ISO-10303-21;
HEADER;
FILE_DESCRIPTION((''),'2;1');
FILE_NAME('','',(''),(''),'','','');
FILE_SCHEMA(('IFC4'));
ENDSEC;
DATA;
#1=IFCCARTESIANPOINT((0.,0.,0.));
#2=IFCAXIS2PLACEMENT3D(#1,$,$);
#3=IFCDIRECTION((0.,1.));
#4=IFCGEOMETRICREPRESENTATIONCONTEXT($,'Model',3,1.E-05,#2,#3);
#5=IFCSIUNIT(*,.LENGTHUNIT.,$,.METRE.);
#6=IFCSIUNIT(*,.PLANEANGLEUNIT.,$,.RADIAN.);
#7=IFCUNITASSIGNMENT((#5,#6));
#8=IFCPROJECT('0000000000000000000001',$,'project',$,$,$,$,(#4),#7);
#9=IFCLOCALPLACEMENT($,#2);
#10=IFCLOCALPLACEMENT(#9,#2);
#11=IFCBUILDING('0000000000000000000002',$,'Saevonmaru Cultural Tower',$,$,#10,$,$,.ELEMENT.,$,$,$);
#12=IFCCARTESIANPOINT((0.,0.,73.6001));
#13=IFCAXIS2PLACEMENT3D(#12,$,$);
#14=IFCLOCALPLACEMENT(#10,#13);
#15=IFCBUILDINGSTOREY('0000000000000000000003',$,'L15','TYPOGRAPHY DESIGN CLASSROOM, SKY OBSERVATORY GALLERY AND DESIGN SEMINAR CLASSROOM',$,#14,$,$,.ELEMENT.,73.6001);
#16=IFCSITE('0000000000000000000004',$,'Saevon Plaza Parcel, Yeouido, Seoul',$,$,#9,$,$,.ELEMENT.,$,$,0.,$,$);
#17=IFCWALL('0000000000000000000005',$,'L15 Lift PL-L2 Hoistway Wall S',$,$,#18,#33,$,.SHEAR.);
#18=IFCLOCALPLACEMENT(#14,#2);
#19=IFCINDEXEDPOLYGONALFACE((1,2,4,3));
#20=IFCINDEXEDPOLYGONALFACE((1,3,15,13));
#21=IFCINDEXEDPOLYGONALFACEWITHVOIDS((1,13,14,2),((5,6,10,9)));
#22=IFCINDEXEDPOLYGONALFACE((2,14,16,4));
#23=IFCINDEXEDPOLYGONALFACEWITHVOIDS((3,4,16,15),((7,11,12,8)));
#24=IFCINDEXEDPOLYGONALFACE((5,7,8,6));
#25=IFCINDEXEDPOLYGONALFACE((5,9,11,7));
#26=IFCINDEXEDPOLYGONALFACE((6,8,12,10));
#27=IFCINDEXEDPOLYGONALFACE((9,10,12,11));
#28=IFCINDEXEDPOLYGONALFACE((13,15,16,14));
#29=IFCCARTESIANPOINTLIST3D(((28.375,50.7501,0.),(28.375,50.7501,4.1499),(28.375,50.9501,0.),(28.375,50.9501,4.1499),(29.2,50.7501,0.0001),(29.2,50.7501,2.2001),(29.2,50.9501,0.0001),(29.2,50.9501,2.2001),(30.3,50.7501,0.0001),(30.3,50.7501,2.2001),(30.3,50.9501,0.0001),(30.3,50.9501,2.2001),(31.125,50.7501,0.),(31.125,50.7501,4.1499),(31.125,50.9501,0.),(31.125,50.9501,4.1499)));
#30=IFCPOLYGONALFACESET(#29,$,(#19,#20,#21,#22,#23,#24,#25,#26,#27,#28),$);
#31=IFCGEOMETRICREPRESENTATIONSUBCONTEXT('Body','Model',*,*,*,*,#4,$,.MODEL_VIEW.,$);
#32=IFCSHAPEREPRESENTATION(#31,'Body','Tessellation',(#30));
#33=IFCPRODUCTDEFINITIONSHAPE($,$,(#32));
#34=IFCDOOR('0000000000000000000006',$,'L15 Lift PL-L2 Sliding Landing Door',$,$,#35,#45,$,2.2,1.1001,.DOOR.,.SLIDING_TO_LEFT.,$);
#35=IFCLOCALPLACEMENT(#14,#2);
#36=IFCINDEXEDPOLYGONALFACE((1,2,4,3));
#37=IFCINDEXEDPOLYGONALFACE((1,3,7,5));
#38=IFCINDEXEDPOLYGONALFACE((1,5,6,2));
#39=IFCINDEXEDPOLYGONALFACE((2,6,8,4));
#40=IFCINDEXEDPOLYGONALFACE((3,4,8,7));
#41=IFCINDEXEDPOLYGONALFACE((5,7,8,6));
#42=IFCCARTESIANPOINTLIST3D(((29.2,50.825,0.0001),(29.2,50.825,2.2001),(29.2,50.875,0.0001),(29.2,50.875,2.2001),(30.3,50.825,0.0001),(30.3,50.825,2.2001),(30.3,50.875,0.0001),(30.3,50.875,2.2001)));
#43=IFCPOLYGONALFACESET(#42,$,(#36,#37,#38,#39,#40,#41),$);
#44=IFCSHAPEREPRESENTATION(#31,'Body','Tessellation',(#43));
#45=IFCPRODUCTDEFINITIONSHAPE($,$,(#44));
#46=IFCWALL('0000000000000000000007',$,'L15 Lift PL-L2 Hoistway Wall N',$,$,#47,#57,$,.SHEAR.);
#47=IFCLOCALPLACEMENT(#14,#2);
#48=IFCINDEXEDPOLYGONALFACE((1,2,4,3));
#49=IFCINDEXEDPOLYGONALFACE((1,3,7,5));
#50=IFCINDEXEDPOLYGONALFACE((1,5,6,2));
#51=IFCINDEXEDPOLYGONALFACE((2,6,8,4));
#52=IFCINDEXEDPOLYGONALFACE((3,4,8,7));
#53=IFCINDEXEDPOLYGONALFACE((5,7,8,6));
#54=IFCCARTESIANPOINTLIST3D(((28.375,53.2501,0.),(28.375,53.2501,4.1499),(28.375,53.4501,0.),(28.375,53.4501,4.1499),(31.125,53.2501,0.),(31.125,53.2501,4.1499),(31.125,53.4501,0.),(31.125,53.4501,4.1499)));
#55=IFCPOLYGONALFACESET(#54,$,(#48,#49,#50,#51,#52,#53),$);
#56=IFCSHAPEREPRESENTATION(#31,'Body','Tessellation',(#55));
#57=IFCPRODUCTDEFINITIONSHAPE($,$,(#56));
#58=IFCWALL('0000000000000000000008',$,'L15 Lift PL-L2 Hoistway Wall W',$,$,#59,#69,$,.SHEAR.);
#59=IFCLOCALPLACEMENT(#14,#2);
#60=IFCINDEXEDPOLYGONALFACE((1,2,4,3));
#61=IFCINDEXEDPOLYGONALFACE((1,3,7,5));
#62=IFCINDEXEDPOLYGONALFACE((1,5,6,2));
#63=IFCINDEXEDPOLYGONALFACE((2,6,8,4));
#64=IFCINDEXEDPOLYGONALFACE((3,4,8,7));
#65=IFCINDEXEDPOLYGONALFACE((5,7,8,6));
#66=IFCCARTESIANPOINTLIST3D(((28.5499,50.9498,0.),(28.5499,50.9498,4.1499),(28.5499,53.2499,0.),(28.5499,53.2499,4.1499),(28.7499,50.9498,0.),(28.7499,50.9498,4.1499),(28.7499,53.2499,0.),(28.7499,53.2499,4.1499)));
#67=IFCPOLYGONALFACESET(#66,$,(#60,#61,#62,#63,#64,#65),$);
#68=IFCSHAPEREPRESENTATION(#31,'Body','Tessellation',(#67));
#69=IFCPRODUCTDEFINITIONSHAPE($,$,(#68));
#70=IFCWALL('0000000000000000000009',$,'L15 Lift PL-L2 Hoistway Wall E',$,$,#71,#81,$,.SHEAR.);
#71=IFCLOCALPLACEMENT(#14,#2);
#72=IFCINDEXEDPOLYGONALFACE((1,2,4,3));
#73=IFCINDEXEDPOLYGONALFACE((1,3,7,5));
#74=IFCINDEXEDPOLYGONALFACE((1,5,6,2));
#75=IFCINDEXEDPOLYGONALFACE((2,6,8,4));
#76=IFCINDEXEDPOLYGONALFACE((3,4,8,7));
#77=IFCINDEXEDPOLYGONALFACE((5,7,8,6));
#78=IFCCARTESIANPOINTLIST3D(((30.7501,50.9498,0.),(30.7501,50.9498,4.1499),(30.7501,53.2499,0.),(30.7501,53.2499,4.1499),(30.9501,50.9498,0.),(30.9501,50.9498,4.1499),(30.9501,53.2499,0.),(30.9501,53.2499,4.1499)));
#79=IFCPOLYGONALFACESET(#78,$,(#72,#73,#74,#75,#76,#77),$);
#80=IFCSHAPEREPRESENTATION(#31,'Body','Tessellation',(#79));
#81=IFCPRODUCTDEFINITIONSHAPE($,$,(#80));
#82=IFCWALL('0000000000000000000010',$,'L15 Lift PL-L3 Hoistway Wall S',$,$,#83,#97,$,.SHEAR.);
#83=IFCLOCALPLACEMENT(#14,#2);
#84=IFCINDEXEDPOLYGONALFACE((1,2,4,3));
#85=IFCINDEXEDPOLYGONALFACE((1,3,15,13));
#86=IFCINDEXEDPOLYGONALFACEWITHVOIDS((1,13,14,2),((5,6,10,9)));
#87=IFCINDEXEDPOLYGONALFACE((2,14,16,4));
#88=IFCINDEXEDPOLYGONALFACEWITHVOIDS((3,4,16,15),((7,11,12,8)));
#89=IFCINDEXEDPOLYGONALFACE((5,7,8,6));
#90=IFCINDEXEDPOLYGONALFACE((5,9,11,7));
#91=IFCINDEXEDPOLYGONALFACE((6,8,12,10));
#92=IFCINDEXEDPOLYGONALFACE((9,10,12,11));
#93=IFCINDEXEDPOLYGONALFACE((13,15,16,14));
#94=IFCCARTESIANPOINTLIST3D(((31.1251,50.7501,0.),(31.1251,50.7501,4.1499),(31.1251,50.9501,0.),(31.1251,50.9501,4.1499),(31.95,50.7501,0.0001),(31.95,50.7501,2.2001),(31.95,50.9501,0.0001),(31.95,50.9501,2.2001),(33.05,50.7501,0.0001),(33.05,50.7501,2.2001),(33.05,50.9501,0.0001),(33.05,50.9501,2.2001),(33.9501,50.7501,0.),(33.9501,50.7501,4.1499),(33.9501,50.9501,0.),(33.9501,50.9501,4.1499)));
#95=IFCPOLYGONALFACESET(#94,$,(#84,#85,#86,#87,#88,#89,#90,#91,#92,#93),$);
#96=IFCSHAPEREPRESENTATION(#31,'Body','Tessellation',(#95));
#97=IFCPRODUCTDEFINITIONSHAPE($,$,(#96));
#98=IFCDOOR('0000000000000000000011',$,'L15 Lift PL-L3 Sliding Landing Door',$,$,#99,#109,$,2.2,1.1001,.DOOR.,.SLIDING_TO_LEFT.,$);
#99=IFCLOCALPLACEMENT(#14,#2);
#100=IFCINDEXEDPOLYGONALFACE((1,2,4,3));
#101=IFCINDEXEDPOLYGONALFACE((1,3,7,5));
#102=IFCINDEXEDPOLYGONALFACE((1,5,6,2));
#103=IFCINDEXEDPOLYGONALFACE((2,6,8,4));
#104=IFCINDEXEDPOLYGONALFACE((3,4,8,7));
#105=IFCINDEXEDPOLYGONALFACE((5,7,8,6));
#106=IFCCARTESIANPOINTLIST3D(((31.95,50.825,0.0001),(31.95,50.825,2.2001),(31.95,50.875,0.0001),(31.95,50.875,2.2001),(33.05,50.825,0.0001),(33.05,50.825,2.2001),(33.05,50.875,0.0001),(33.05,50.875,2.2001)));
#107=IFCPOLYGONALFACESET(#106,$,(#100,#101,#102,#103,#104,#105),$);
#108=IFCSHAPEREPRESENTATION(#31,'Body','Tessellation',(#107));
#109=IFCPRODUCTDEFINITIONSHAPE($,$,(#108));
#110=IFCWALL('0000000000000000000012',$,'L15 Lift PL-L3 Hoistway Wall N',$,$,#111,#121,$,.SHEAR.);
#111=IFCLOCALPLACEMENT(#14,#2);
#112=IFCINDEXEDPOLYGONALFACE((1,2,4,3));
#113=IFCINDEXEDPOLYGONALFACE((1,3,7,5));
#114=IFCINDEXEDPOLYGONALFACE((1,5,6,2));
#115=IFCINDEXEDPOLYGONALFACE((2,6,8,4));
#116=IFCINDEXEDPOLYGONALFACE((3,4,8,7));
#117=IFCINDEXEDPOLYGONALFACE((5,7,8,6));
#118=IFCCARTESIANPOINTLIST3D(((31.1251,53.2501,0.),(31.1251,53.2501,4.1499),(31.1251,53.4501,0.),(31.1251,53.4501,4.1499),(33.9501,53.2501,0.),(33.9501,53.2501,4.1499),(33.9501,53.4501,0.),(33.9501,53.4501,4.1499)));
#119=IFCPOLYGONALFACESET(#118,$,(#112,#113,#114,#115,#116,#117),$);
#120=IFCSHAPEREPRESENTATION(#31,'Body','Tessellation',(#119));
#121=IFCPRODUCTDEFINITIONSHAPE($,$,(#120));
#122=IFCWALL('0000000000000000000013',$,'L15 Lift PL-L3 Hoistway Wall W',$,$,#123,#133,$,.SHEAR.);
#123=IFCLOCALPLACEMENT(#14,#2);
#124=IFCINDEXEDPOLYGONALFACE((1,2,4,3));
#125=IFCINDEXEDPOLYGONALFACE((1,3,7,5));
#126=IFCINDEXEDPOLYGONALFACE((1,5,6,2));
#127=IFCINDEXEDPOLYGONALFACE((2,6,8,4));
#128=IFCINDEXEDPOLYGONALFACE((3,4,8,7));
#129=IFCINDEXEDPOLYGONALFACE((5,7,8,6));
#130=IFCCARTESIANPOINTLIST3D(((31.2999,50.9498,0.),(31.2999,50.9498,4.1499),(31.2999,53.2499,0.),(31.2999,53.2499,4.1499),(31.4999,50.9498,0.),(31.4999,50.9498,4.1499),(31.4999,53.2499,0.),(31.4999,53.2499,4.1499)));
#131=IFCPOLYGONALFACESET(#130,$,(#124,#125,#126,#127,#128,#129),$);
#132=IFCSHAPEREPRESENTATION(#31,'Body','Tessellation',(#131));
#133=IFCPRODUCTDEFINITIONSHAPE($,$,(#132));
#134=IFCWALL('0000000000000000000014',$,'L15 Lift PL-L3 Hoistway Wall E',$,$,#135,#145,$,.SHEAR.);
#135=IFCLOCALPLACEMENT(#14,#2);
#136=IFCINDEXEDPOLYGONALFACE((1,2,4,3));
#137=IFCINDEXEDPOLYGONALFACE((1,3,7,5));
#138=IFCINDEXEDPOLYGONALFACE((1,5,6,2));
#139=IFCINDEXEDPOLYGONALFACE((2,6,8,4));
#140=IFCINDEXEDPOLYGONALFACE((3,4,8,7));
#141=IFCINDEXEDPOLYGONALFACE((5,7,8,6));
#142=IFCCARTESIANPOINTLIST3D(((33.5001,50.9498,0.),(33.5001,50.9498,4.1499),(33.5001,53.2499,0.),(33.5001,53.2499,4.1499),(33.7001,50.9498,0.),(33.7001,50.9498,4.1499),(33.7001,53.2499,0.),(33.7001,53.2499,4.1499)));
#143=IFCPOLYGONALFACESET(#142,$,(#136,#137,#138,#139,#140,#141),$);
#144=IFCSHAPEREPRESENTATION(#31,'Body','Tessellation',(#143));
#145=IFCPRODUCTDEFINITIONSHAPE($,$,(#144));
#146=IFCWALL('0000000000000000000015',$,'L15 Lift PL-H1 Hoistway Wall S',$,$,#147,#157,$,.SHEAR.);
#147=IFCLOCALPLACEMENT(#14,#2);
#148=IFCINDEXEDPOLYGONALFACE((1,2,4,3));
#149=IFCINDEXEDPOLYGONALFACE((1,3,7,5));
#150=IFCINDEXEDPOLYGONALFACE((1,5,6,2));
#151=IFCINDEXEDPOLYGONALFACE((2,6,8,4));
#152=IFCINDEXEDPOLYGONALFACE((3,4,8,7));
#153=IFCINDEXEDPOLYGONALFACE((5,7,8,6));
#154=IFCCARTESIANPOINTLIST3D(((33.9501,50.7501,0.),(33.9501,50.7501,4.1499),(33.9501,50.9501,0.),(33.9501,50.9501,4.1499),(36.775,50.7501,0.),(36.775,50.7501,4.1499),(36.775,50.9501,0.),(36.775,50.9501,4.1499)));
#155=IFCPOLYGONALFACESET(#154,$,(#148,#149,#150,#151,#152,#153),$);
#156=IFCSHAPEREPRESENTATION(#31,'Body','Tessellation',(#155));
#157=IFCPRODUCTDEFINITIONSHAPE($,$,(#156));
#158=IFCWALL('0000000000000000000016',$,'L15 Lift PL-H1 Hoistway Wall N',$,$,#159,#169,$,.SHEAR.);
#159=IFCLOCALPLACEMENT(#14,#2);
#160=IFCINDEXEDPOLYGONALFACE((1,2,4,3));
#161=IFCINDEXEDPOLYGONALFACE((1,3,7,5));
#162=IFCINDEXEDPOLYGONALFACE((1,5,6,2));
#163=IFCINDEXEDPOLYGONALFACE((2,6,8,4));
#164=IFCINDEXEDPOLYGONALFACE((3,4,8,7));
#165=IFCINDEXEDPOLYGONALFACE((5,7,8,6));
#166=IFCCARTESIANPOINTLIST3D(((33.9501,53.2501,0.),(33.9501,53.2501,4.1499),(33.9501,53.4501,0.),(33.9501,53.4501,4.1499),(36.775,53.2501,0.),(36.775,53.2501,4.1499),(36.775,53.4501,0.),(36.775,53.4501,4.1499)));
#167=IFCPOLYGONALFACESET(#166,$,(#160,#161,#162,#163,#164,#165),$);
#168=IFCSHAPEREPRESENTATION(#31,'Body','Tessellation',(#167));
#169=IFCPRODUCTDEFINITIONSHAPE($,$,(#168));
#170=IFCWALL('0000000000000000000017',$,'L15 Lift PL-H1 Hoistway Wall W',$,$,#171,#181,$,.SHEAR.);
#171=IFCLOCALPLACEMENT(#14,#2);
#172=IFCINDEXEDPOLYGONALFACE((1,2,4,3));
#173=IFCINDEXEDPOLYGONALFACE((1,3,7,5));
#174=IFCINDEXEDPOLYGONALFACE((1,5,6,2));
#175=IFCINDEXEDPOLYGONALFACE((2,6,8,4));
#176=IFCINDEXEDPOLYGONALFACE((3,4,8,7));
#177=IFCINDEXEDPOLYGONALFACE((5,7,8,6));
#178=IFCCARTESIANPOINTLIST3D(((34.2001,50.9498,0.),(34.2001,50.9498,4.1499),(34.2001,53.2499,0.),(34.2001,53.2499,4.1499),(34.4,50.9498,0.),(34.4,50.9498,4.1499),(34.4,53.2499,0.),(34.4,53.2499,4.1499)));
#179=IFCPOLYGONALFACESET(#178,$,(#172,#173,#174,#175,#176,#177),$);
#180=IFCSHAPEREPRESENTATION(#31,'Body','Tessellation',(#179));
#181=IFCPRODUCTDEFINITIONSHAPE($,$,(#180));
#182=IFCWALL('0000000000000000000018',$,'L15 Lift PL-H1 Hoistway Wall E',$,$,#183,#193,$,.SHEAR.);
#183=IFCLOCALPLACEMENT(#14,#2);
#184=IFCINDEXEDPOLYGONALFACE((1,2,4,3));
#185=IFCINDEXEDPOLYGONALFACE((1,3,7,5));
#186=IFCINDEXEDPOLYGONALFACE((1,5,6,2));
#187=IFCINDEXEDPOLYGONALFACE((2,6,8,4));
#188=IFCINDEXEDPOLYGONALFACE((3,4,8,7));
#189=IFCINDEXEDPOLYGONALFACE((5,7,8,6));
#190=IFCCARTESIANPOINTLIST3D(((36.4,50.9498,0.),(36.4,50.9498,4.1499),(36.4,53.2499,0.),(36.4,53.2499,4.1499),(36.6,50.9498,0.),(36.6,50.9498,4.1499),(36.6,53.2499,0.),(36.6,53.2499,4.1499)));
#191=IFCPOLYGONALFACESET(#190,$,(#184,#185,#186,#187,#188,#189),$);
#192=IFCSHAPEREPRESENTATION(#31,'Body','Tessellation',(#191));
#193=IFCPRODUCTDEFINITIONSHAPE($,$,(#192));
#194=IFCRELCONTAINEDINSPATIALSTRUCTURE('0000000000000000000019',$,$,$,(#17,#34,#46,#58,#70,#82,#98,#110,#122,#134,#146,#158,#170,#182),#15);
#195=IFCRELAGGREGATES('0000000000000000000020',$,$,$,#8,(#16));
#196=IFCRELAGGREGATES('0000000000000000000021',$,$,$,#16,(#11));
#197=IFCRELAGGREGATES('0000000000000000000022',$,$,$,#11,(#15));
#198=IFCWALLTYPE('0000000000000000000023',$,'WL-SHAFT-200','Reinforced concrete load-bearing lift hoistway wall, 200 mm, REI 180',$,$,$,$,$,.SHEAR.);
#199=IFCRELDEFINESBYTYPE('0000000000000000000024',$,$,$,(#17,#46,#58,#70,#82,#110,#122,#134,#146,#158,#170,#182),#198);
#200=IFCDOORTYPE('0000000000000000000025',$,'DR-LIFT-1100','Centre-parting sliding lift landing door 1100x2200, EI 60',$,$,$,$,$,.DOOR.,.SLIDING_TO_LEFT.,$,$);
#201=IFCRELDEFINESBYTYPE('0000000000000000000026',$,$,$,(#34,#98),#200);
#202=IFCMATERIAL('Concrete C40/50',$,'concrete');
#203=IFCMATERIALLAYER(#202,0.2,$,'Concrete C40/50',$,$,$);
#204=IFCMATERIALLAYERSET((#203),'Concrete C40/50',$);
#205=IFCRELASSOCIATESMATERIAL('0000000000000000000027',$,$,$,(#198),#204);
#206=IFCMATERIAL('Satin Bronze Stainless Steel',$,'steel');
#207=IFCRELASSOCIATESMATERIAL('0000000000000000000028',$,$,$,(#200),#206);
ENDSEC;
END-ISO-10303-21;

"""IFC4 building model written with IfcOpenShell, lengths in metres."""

from ifc_helpers import new_model, si_unit, direction, frame, frame_2d, origin, place, context, subcontext, project, spatial, rectangle, extrude, material, layer, layer_set, type_object, element, fill, save


model = new_model("IFC4")

# Units and contexts
model_context = context("Model", 3, precision=1e-05, world=origin(), true_north=direction((0.0, 1.0)))
body_context = subcontext(model_context, "Body", "Model", "MODEL_VIEW")
ifc_project = project(units=[si_unit("LENGTHUNIT", "METRE"), si_unit("PLANEANGLEUNIT", "RADIAN")], contexts=[model_context])

# Site, building, storey
site_placement = place(None, origin())
site = spatial("IfcSite", under=ifc_project, at=site_placement, Name="Saevon Plaza Parcel, Yeouido, Seoul", CompositionType="ELEMENT", RefElevation=0.0)
building_placement = place(site_placement, origin())
building = spatial("IfcBuilding", under=site, at=building_placement, Name="Saevonmaru Cultural Tower", CompositionType="ELEMENT")
storey_placement = place(building_placement, frame((0.0, 0.0, 73.6001)))
storey = spatial("IfcBuildingStorey", under=building, at=storey_placement, Name="L15", Description="TYPOGRAPHY DESIGN CLASSROOM, SKY OBSERVATORY GALLERY AND DESIGN SEMINAR CLASSROOM", CompositionType="ELEMENT", Elevation=73.6001)

# Shared definitions
ifc_material_1 = material(Name="Concrete C40/50", Category="concrete")
ifc_layer_1 = layer(ifc_material_1, 0.2, Name="Concrete C40/50")
ifc_layer_set_1 = layer_set([ifc_layer_1], Name="Concrete C40/50")
wall_type_1 = type_object("IfcWallType", Name="WL-SHAFT-200", Description="Reinforced concrete load-bearing lift hoistway wall, 200 mm, REI 180", PredefinedType="SHEAR", material=ifc_layer_set_1)

# Wall, opening, door
wall_1_placement = place(storey_placement, frame((28.375, 50.8501, 0.0), z_axis=(0.0, 0.0, 1.0), x_axis=(1.0, 0.0, 0.0)))
wall_1 = element("IfcWall", 1, at=wall_1_placement, inside=storey, type_object=wall_type_1, Name="L15 Lift PL-L2 Hoistway Wall S", PredefinedType="SHEAR", context=body_context, shape_type="SweptSolid", body=[
    extrude(rectangle(XDim=2.75, YDim=0.2, at=frame_2d((1.375, 0.0))), origin(), (0.0, 0.0, 1.0), 4.1499),
])
opening_1_placement = place(wall_1_placement, frame((0.825, 0.0, 0.0)))
opening_1 = element("IfcOpeningElement", 2, at=opening_1_placement, cuts=wall_1, PredefinedType="OPENING", context=body_context, shape_type="SweptSolid", body=[
    extrude(rectangle(XDim=1.1001, YDim=2.2, at=frame_2d((0.55, 1.1001))), frame((0.0, 0.1099, 0.0), z_axis=(0.0, -1.0, 0.0), x_axis=(1.0, 0.0, 0.0)), (0.0, 0.0, 1.0), 0.22),
])
ifc_material_2 = material(Name="Satin Bronze Stainless Steel", Category="steel")
door_type_1 = type_object("IfcDoorType", Name="DR-LIFT-1100", Description="Centre-parting sliding lift landing door 1100x2200, EI 60", OperationType="SLIDING_TO_LEFT", PredefinedType="DOOR", material=ifc_material_2)
door_1_placement = place(opening_1_placement, origin())
door_1 = element("IfcDoor", 3, at=door_1_placement, inside=storey, type_object=door_type_1, Name="L15 Lift PL-L2 Sliding Landing Door", OperationType="SLIDING_TO_LEFT", OverallHeight=2.2, OverallWidth=1.1001, PredefinedType="DOOR", context=body_context, shape_type="SweptSolid", body=[
    extrude(rectangle(XDim=1.1001, YDim=2.2, at=frame_2d((0.55, 1.1001))), frame((0.0, 0.0249, 0.0), z_axis=(0.0, -1.0, 0.0), x_axis=(1.0, 0.0, 0.0)), (0.0, 0.0, 1.0), 0.05),
])
fill(opening_1, door_1)

# Walls
wall_2_placement = place(storey_placement, frame((28.375, 53.3501, 0.0), z_axis=(0.0, 0.0, 1.0), x_axis=(1.0, 0.0, 0.0)))
element("IfcWall", 4, at=wall_2_placement, inside=storey, type_object=wall_type_1, Name="L15 Lift PL-L2 Hoistway Wall N", PredefinedType="SHEAR", context=body_context, shape_type="SweptSolid", body=[
    extrude(rectangle(XDim=2.75, YDim=0.2, at=frame_2d((1.375, 0.0))), origin(), (0.0, 0.0, 1.0), 4.1499),
])
for number, where, z_axis, x_axis, name in (
    (5, (28.6499, 50.95, 0.0), (0.0, 0.0, 1.0), (0.0, 1.0, 0.0), "L15 Lift PL-L2 Hoistway Wall W"),
    (6, (30.8501, 50.95, 0.0), (0.0, 0.0, 1.0), (0.0, 1.0, 0.0), "L15 Lift PL-L2 Hoistway Wall E"),
):
    element("IfcWall", number, at=place(storey_placement, frame(where, z_axis=z_axis, x_axis=x_axis)), inside=storey, type_object=wall_type_1, Name=name, PredefinedType="SHEAR", context=body_context, shape_type="SweptSolid", body=[
        extrude(rectangle(XDim=2.3, YDim=0.2, at=frame_2d((1.1499, 0.0))), origin(), (0.0, 0.0, 1.0), 4.1499),
    ])

# Wall, opening, door
wall_3_placement = place(storey_placement, frame((31.125, 50.8501, 0.0), z_axis=(0.0, 0.0, 1.0), x_axis=(1.0, 0.0, 0.0)))
wall_3 = element("IfcWall", 7, at=wall_3_placement, inside=storey, type_object=wall_type_1, Name="L15 Lift PL-L3 Hoistway Wall S", PredefinedType="SHEAR", context=body_context, shape_type="SweptSolid", body=[
    extrude(rectangle(XDim=2.825, YDim=0.2, at=frame_2d((1.4126, 0.0))), origin(), (0.0, 0.0, 1.0), 4.1499),
])
opening_2_placement = place(wall_3_placement, frame((0.825, 0.0, 0.0)))
opening_2 = element("IfcOpeningElement", 8, at=opening_2_placement, cuts=wall_3, PredefinedType="OPENING", context=body_context, shape_type="SweptSolid", body=[
    extrude(rectangle(XDim=1.1001, YDim=2.2, at=frame_2d((0.55, 1.1001))), frame((0.0, 0.1099, 0.0), z_axis=(0.0, -1.0, 0.0), x_axis=(1.0, 0.0, 0.0)), (0.0, 0.0, 1.0), 0.22),
])
door_2_placement = place(opening_2_placement, origin())
door_2 = element("IfcDoor", 9, at=door_2_placement, inside=storey, type_object=door_type_1, Name="L15 Lift PL-L3 Sliding Landing Door", OperationType="SLIDING_TO_LEFT", OverallHeight=2.2, OverallWidth=1.1001, PredefinedType="DOOR", context=body_context, shape_type="SweptSolid", body=[
    extrude(rectangle(XDim=1.1001, YDim=2.2, at=frame_2d((0.55, 1.1001))), frame((0.0, 0.0249, 0.0), z_axis=(0.0, -1.0, 0.0), x_axis=(1.0, 0.0, 0.0)), (0.0, 0.0, 1.0), 0.05),
])
fill(opening_2, door_2)

# Walls
wall_4_placement = place(storey_placement, frame((31.125, 53.3501, 0.0), z_axis=(0.0, 0.0, 1.0), x_axis=(1.0, 0.0, 0.0)))
element("IfcWall", 10, at=wall_4_placement, inside=storey, type_object=wall_type_1, Name="L15 Lift PL-L3 Hoistway Wall N", PredefinedType="SHEAR", context=body_context, shape_type="SweptSolid", body=[
    extrude(rectangle(XDim=2.825, YDim=0.2, at=frame_2d((1.4126, 0.0))), origin(), (0.0, 0.0, 1.0), 4.1499),
])
for number, where, z_axis, x_axis, name in (
    (11, (31.3999, 50.95, 0.0), (0.0, 0.0, 1.0), (0.0, 1.0, 0.0), "L15 Lift PL-L3 Hoistway Wall W"),
    (12, (33.6001, 50.95, 0.0), (0.0, 0.0, 1.0), (0.0, 1.0, 0.0), "L15 Lift PL-L3 Hoistway Wall E"),
):
    element("IfcWall", number, at=place(storey_placement, frame(where, z_axis=z_axis, x_axis=x_axis)), inside=storey, type_object=wall_type_1, Name=name, PredefinedType="SHEAR", context=body_context, shape_type="SweptSolid", body=[
        extrude(rectangle(XDim=2.3, YDim=0.2, at=frame_2d((1.1499, 0.0))), origin(), (0.0, 0.0, 1.0), 4.1499),
    ])
for number, where, z_axis, x_axis, name in (
    (13, (33.95, 50.8501, 0.0), (0.0, 0.0, 1.0), (1.0, 0.0, 0.0), "L15 Lift PL-H1 Hoistway Wall S"),
    (14, (33.95, 53.3501, 0.0), (0.0, 0.0, 1.0), (1.0, 0.0, 0.0), "L15 Lift PL-H1 Hoistway Wall N"),
):
    element("IfcWall", number, at=place(storey_placement, frame(where, z_axis=z_axis, x_axis=x_axis)), inside=storey, type_object=wall_type_1, Name=name, PredefinedType="SHEAR", context=body_context, shape_type="SweptSolid", body=[
        extrude(rectangle(XDim=2.825, YDim=0.2, at=frame_2d((1.4126, 0.0))), origin(), (0.0, 0.0, 1.0), 4.1499),
    ])
for number, where, z_axis, x_axis, name in (
    (15, (34.3, 50.95, 0.0), (0.0, 0.0, 1.0), (0.0, 1.0, 0.0), "L15 Lift PL-H1 Hoistway Wall W"),
    (16, (36.5, 50.95, 0.0), (0.0, 0.0, 1.0), (0.0, 1.0, 0.0), "L15 Lift PL-H1 Hoistway Wall E"),
):
    element("IfcWall", number, at=place(storey_placement, frame(where, z_axis=z_axis, x_axis=x_axis)), inside=storey, type_object=wall_type_1, Name=name, PredefinedType="SHEAR", context=body_context, shape_type="SweptSolid", body=[
        extrude(rectangle(XDim=2.3, YDim=0.2, at=frame_2d((1.1499, 0.0))), origin(), (0.0, 0.0, 1.0), 4.1499),
    ])

save(model, "model.ifc")
